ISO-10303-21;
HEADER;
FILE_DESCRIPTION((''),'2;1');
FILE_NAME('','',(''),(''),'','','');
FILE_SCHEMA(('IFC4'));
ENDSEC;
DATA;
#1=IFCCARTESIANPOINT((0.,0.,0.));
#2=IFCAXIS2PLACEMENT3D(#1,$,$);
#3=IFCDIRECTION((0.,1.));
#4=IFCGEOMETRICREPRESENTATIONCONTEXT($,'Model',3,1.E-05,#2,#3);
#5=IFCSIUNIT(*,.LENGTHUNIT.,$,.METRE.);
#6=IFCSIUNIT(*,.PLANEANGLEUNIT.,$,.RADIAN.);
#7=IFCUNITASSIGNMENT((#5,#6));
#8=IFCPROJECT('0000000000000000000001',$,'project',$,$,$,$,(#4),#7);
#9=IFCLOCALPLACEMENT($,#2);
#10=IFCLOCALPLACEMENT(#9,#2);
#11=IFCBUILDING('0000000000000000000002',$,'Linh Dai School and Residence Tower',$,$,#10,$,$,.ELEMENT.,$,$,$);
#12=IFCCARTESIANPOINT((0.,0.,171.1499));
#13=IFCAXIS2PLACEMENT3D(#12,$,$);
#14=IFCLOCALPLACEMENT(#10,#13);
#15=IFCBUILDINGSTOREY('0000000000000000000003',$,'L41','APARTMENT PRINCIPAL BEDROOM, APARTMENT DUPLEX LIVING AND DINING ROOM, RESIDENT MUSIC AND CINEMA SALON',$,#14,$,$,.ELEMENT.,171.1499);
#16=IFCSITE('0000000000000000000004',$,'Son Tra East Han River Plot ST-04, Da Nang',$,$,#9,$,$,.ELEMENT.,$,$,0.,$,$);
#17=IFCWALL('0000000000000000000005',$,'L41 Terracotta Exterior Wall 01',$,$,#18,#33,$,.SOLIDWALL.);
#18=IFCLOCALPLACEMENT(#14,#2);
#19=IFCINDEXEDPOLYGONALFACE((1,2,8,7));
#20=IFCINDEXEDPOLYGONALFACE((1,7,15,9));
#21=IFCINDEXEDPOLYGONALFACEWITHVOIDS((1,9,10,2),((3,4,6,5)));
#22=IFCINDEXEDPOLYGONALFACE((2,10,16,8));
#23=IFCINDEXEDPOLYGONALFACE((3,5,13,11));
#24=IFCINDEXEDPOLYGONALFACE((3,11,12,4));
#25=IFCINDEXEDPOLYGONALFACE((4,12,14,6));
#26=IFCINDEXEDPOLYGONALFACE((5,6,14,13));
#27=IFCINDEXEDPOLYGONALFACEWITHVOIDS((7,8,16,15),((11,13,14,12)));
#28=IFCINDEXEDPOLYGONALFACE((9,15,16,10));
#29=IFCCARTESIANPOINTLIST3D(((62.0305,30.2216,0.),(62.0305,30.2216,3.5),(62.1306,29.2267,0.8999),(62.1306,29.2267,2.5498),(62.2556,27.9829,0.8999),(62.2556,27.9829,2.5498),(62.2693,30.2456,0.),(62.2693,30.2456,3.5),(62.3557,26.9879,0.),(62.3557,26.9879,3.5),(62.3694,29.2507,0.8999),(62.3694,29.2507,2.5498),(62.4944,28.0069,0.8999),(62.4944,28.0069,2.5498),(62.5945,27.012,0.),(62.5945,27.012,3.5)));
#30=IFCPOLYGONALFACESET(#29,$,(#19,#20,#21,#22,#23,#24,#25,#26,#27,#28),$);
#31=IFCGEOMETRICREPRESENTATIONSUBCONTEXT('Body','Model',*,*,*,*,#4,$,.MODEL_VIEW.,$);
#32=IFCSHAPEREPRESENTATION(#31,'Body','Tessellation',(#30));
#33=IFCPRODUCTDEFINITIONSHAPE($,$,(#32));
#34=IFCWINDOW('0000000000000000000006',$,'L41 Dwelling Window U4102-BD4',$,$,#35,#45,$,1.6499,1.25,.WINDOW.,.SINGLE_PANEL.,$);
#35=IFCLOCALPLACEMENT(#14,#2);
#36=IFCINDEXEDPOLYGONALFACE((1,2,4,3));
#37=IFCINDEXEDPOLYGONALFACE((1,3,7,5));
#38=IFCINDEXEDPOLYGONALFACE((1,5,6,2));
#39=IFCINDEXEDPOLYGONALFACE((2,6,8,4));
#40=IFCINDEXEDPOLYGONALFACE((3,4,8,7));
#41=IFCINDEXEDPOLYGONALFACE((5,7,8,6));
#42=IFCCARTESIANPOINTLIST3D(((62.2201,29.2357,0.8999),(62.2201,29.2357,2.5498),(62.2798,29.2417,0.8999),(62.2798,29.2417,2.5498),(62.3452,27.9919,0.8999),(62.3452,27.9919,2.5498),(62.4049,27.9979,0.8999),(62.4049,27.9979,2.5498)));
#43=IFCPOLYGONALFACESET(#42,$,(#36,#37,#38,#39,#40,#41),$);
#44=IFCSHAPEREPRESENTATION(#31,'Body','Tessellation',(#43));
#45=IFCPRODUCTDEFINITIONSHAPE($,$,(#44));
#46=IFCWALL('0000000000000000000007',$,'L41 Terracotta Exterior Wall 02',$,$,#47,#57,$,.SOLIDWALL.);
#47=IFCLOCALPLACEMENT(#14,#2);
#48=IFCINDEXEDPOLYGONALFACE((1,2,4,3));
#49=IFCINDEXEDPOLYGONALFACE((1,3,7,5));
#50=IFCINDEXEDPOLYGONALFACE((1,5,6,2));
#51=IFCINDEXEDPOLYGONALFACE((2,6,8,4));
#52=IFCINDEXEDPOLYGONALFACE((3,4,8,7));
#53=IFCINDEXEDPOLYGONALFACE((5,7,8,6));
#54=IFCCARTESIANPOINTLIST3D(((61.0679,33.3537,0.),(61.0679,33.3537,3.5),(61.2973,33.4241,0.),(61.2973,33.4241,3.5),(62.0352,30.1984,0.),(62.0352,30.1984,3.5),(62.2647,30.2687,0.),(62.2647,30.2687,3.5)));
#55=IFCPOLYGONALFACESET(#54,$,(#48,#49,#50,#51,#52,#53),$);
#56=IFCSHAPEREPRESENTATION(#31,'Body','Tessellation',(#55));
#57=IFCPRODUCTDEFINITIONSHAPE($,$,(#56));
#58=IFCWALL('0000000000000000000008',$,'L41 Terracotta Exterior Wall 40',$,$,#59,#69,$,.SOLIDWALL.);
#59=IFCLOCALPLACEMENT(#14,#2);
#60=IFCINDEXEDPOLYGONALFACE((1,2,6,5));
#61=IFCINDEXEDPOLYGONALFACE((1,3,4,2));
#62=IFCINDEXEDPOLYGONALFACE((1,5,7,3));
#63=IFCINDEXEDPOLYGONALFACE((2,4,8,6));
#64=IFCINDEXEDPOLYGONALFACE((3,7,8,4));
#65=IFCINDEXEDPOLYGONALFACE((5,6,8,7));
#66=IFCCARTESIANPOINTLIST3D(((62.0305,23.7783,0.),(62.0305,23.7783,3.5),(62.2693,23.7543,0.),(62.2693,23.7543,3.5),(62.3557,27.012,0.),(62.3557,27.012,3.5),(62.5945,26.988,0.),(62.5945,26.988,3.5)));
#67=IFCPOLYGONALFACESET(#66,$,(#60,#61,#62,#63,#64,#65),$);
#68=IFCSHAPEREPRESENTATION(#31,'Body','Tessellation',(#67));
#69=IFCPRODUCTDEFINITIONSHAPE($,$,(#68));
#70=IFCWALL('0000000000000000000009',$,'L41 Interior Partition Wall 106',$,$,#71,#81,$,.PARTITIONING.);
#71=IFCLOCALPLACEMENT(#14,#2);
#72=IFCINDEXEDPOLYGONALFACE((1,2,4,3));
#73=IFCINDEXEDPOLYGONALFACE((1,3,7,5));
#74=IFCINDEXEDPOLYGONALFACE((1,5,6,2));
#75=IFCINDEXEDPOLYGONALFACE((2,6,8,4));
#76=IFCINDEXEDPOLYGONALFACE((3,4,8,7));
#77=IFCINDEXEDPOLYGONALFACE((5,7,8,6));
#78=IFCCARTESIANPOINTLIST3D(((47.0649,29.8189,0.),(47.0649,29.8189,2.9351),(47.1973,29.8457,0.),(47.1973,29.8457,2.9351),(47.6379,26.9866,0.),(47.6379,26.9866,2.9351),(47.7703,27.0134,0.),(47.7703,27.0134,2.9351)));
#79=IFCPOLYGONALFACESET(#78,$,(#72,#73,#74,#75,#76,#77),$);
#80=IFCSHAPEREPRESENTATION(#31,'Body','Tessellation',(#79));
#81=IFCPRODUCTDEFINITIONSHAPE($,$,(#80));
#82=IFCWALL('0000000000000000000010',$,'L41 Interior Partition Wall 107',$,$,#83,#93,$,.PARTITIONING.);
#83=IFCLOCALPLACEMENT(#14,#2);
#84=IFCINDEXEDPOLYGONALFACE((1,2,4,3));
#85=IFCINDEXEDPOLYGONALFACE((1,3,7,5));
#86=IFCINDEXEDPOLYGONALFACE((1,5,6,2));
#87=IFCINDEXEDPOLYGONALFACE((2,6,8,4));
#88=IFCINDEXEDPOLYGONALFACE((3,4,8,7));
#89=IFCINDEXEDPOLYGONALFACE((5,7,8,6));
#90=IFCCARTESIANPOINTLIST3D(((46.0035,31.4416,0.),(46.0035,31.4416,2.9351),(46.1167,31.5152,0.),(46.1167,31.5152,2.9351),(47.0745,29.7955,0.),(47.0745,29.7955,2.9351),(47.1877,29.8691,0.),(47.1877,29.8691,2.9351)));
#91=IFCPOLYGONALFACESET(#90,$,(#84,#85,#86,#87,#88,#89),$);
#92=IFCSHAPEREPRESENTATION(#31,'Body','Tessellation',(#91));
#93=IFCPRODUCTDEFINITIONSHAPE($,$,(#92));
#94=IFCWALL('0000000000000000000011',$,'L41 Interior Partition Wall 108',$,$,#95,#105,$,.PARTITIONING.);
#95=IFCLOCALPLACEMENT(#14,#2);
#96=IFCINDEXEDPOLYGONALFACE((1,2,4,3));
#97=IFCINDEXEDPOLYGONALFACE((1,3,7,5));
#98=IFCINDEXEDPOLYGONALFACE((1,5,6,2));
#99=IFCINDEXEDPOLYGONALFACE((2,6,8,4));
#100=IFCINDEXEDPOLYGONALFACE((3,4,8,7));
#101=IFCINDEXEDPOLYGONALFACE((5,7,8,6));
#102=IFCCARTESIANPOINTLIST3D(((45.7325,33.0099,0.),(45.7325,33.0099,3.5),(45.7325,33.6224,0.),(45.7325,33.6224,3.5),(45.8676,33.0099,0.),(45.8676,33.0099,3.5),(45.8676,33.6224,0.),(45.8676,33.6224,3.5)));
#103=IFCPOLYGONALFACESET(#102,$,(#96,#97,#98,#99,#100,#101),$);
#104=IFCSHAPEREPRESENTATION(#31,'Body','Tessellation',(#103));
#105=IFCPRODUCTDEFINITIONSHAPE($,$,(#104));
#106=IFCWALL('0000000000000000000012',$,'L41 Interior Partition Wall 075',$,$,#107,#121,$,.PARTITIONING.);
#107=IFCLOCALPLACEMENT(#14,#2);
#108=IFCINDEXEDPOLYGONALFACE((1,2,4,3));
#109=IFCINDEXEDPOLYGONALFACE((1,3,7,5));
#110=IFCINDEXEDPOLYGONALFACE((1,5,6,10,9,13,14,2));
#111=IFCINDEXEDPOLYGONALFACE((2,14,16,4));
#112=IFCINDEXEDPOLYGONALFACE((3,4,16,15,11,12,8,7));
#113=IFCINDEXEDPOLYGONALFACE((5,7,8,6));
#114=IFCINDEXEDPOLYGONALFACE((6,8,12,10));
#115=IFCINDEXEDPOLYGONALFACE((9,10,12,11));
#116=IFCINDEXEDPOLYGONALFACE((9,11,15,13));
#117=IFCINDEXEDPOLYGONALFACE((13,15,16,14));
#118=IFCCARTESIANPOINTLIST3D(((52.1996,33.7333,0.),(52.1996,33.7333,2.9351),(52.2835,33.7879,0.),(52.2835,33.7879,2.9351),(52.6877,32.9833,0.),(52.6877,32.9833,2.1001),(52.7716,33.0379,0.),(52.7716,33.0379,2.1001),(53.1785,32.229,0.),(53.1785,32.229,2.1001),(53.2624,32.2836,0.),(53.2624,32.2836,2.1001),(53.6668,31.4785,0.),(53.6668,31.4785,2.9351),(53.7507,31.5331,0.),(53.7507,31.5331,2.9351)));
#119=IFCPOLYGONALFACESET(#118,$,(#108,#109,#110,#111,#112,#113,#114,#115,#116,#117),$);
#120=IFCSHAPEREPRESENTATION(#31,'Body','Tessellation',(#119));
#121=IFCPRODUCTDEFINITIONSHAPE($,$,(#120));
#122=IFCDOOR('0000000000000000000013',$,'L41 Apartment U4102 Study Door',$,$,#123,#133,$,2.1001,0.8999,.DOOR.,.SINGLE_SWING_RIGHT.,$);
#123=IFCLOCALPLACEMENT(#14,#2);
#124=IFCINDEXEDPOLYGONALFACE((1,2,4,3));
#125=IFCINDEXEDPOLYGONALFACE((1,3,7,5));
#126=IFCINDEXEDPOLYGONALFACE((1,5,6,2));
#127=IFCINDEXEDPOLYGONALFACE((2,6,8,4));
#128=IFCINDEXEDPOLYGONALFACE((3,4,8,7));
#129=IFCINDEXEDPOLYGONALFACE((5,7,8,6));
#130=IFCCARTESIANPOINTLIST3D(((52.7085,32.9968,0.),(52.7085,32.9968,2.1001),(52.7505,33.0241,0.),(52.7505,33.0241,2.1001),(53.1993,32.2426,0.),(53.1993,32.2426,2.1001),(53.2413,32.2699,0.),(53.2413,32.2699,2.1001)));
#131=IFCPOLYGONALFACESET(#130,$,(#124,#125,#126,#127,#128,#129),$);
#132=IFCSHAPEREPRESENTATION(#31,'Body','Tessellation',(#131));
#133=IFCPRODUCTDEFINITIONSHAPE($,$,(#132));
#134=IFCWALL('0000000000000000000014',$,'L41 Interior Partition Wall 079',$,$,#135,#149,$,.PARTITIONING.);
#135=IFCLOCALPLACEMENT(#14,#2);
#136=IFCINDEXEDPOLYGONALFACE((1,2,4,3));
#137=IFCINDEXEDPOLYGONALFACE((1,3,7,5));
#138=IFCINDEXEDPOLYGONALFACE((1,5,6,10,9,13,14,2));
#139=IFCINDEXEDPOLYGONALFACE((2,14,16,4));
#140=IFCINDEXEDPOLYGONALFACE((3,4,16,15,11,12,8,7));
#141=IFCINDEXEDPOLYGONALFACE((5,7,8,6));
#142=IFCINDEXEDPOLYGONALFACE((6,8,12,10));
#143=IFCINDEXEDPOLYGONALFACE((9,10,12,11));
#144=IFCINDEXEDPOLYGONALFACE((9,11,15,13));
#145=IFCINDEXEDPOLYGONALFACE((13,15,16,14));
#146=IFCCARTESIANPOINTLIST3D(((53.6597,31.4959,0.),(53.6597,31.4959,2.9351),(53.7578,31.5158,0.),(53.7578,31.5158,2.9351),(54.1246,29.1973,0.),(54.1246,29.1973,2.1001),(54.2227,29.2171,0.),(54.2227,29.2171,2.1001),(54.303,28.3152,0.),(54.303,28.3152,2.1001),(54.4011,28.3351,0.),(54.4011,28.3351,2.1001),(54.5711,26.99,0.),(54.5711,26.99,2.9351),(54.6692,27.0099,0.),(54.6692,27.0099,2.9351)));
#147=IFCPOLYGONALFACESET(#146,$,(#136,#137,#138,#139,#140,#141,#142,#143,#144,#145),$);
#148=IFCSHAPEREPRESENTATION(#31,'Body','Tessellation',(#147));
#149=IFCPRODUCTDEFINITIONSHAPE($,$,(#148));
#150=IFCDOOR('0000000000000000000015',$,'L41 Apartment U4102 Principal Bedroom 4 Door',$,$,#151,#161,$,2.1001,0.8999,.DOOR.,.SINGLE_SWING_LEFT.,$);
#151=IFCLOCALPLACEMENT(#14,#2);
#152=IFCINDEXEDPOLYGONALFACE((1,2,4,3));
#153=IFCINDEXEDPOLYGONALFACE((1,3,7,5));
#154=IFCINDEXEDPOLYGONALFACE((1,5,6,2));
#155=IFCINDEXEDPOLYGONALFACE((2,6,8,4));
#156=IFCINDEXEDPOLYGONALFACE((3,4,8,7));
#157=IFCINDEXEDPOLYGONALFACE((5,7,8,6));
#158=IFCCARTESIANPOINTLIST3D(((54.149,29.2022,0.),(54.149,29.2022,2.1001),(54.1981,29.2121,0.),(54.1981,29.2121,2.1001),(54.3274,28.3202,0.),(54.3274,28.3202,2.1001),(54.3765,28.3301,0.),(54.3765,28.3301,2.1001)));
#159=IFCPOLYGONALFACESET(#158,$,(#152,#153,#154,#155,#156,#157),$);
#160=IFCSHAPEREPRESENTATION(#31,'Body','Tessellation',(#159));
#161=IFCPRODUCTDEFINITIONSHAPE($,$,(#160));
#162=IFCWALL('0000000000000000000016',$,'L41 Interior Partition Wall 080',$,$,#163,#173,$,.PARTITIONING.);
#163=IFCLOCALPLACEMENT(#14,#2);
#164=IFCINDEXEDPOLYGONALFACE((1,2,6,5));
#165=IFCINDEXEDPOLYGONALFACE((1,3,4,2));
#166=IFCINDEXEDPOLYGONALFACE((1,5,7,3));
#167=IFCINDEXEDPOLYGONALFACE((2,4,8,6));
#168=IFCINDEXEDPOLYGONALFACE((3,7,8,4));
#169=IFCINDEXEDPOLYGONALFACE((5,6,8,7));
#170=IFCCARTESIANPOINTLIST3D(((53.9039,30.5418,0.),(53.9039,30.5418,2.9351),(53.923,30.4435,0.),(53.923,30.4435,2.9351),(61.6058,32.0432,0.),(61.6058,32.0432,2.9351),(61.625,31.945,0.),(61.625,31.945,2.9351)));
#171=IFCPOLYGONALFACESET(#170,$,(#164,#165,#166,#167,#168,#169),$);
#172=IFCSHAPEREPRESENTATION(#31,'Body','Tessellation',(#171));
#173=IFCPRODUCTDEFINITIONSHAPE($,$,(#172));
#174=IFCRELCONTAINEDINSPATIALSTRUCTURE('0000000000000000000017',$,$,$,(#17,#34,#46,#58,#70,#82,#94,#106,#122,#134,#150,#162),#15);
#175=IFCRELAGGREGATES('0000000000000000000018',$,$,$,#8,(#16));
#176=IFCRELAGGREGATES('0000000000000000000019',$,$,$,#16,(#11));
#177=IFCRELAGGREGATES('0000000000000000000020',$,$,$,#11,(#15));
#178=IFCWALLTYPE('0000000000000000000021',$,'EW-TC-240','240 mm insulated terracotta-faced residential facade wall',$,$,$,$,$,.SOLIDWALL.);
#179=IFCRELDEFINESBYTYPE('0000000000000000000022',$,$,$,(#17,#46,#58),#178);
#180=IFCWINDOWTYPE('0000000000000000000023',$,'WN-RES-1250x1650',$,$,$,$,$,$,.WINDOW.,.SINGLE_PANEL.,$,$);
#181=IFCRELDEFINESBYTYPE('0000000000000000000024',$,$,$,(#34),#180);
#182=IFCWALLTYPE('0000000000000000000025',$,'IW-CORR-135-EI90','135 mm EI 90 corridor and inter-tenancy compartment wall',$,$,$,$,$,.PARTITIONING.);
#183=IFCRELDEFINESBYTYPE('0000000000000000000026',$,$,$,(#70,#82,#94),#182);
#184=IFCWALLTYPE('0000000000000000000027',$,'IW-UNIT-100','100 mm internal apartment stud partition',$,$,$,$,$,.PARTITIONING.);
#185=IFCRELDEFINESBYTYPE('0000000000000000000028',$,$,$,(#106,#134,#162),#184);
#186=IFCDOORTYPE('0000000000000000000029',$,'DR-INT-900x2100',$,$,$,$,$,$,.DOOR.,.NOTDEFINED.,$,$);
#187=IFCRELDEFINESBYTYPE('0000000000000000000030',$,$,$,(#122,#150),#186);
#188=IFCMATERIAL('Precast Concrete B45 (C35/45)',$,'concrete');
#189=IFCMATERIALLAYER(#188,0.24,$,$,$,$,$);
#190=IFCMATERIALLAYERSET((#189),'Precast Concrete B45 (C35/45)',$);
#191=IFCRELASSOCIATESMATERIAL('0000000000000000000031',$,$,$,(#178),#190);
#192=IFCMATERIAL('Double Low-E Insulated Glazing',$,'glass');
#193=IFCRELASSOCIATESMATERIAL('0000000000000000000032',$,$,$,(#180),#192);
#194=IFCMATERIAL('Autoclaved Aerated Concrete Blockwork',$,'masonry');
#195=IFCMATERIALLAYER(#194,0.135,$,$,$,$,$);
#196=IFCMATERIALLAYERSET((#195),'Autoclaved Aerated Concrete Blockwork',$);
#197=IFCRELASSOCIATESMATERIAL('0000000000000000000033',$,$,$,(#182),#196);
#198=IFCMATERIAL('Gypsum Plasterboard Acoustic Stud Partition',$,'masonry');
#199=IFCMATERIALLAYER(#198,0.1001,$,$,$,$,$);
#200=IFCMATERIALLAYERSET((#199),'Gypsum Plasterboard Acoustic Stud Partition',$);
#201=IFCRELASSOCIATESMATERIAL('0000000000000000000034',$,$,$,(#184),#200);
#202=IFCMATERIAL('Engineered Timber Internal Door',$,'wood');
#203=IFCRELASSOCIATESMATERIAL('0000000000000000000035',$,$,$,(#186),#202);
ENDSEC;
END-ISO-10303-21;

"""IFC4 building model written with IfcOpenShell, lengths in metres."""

from ifc_helpers import new_model, si_unit, direction, frame, frame_2d, origin, origin_2d, place, context, subcontext, project, spatial, rectangle, extrude, source, transform, mapped, material, layer, layer_set, type_object, element, fill, save


model = new_model("IFC4")

# Units and contexts
model_context = context("Model", 3, precision=1e-05, world=origin(), true_north=direction((0.0, 1.0)))
body_context = subcontext(model_context, "Body", "Model", "MODEL_VIEW")
ifc_project = project(units=[si_unit("LENGTHUNIT", "METRE"), si_unit("PLANEANGLEUNIT", "RADIAN")], contexts=[model_context])

# Site, building, storey
site_placement = place(None, origin())
site = spatial("IfcSite", under=ifc_project, at=site_placement, Name="Son Tra East Han River Plot ST-04, Da Nang", CompositionType="ELEMENT", RefElevation=0.0)
building_placement = place(site_placement, origin())
building = spatial("IfcBuilding", under=site, at=building_placement, Name="Linh Dai School and Residence Tower", CompositionType="ELEMENT")
storey_placement = place(building_placement, frame((0.0, 0.0, 171.1499)))
storey = spatial("IfcBuildingStorey", under=building, at=storey_placement, Name="L41", Description="APARTMENT PRINCIPAL BEDROOM, APARTMENT DUPLEX LIVING AND DINING ROOM, RESIDENT MUSIC AND CINEMA SALON", CompositionType="ELEMENT", Elevation=171.1499)

# Shared definitions
ifc_material_1 = material(Name="Precast Concrete B45 (C35/45)", Category="concrete")

# Wall, opening, window
ifc_layer_1 = layer(ifc_material_1, 0.24)
ifc_layer_set_1 = layer_set([ifc_layer_1], Name="Precast Concrete B45 (C35/45)")
wall_type_1 = type_object("IfcWallType", Name="EW-TC-240", Description="240 mm insulated terracotta-faced residential facade wall", PredefinedType="SOLIDWALL", material=ifc_layer_set_1)
wall_1_placement = place(storey_placement, frame((62.1499, 30.2336, 0.0), z_axis=(0.0, 0.0, 1.0), x_axis=(0.100062, -0.994981, 0.0)))
wall_1 = element("IfcWall", 1, at=wall_1_placement, inside=storey, type_object=wall_type_1, Name="L41 Terracotta Exterior Wall 01", PredefinedType="SOLIDWALL", context=body_context, shape_type="SweptSolid", body=[
    extrude(rectangle(XDim=3.25, YDim=0.24, at=frame_2d((1.625, 0.0))), origin(), (0.0, 0.0, 1.0), 3.5),
])
opening_1_placement = place(wall_1_placement, frame((1.0, 0.0, 0.8999)))
opening_1 = element("IfcOpeningElement", 2, at=opening_1_placement, cuts=wall_1, PredefinedType="OPENING", context=body_context, shape_type="SweptSolid", body=[
    extrude(rectangle(XDim=1.25, YDim=1.6499, at=origin_2d()), frame((0.625, 0.1299, 0.825), z_axis=(0.0, -1.0, 0.0), x_axis=(1.0, 0.0, 0.0)), (0.0, 0.0, 1.0), 0.26),
])
ifc_material_2 = material(Name="Double Low-E Insulated Glazing", Category="glass")
window_type = type_object("IfcWindowType", Name="WN-RES-1250x1650", PartitioningType="SINGLE_PANEL", PredefinedType="WINDOW", material=ifc_material_2)
shared_shape_1 = source(origin(), body_context, "Body", "SweptSolid", [
    extrude(rectangle(XDim=1.25, YDim=1.6499, at=origin_2d()), frame((0.625, 0.03, 0.825), z_axis=(0.0, -1.0, 0.0), x_axis=(1.0, 0.0, 0.0)), (0.0, 0.0, 1.0), 0.0601),
])
window_placement = place(opening_1_placement, origin())
window = element("IfcWindow", 3, at=window_placement, inside=storey, type_object=window_type, Name="L41 Dwelling Window U4102-BD4", OverallHeight=1.6499, OverallWidth=1.25, PartitioningType="SINGLE_PANEL", PredefinedType="WINDOW", context=body_context, shape_type="MappedRepresentation", body=[
    mapped(shared_shape_1, transform((0.0, 0.0, 0.0), x_axis=(1.0, 0.0, 0.0), y_axis=(0.0, 1.0, 0.0), z_axis=(0.0, 0.0, 1.0), scale=1.0)),
])
fill(opening_1, window)

# Walls
wall_2_placement = place(storey_placement, frame((61.1826, 33.3889, 0.0), z_axis=(0.0, 0.0, 1.0), x_axis=(0.293098, -0.956082, 0.0)))
element("IfcWall", 4, at=wall_2_placement, inside=storey, type_object=wall_type_1, Name="L41 Terracotta Exterior Wall 02", PredefinedType="SOLIDWALL", context=body_context, shape_type="SweptSolid", body=[
    extrude(rectangle(XDim=3.3003, YDim=0.24, at=frame_2d((1.6501, 0.0))), origin(), (0.0, 0.0, 1.0), 3.5),
])
wall_3_placement = place(storey_placement, frame((62.4751, 27.0, 0.0), z_axis=(0.0, 0.0, 1.0), x_axis=(-0.100062, -0.994981, 0.0)))
element("IfcWall", 5, at=wall_3_placement, inside=storey, type_object=wall_type_1, Name="L41 Terracotta Exterior Wall 40", PredefinedType="SOLIDWALL", context=body_context, shape_type="SweptSolid", body=[
    extrude(rectangle(XDim=3.25, YDim=0.24, at=frame_2d((1.625, 0.0))), origin(), (0.0, 0.0, 1.0), 3.5),
])
ifc_material_3 = material(Name="Autoclaved Aerated Concrete Blockwork", Category="masonry")
ifc_layer_2 = layer(ifc_material_3, 0.135)
ifc_layer_set_2 = layer_set([ifc_layer_2], Name="Autoclaved Aerated Concrete Blockwork")
wall_type_2 = type_object("IfcWallType", Name="IW-CORR-135-EI90", Description="135 mm EI 90 corridor and inter-tenancy compartment wall", PredefinedType="PARTITIONING", material=ifc_layer_set_2)
wall_4_placement = place(storey_placement, frame((47.7041, 27.0, 0.0), z_axis=(0.0, 0.0, 1.0), x_axis=(-0.198293, 0.980143, 0.0)))
element("IfcWall", 6, at=wall_4_placement, inside=storey, type_object=wall_type_2, Name="L41 Interior Partition Wall 106", PredefinedType="PARTITIONING", context=body_context, shape_type="SweptSolid", body=[
    extrude(rectangle(XDim=2.8896, YDim=0.135, at=frame_2d((1.4448, 0.0))), origin(), (0.0, 0.0, 1.0), 2.9351),
])
wall_5_placement = place(storey_placement, frame((47.1311, 29.8323, 0.0), z_axis=(0.0, 0.0, 1.0), x_axis=(-0.545342, 0.838213, 0.0)))
element("IfcWall", 7, at=wall_5_placement, inside=storey, type_object=wall_type_2, Name="L41 Interior Partition Wall 107", PredefinedType="PARTITIONING", context=body_context, shape_type="SweptSolid", body=[
    extrude(rectangle(XDim=1.9639, YDim=0.135, at=frame_2d((0.9819, 0.0))), origin(), (0.0, 0.0, 1.0), 2.9351),
])
wall_6_placement = place(storey_placement, frame((45.8, 33.01, 0.0), z_axis=(0.0, 0.0, 1.0), x_axis=(0.0, 1.0, 0.0)))
element("IfcWall", 8, at=wall_6_placement, inside=storey, type_object=wall_type_2, Name="L41 Interior Partition Wall 108", PredefinedType="PARTITIONING", context=body_context, shape_type="SweptSolid", body=[
    extrude(rectangle(XDim=0.6125, YDim=0.135, at=frame_2d((0.3062, 0.0))), origin(), (0.0, 0.0, 1.0), 3.5),
])

# Walls, openings, doors
ifc_material_4 = material(Name="Gypsum Plasterboard Acoustic Stud Partition", Category="masonry")
ifc_layer_3 = layer(ifc_material_4, 0.1001)
ifc_layer_set_3 = layer_set([ifc_layer_3], Name="Gypsum Plasterboard Acoustic Stud Partition")
wall_type_3 = type_object("IfcWallType", Name="IW-UNIT-100", Description="100 mm internal apartment stud partition", PredefinedType="PARTITIONING", material=ifc_layer_set_3)
wall_7_placement = place(storey_placement, frame((52.2415, 33.7607, 0.0), z_axis=(0.0, 0.0, 1.0), x_axis=(0.545409, -0.83817, 0.0)))
wall_7 = element("IfcWall", 9, at=wall_7_placement, inside=storey, type_object=wall_type_3, Name="L41 Interior Partition Wall 075", PredefinedType="PARTITIONING", context=body_context, shape_type="SweptSolid", body=[
    extrude(rectangle(XDim=2.6902, YDim=0.1001, at=frame_2d((1.3452, 0.0))), origin(), (0.0, 0.0, 1.0), 2.9351),
])
opening_2_placement = place(wall_7_placement, frame((0.895, 0.0, 0.0)))
opening_2 = element("IfcOpeningElement", 10, at=opening_2_placement, cuts=wall_7, PredefinedType="OPENING", context=body_context, shape_type="SweptSolid", body=[
    extrude(rectangle(XDim=0.8999, YDim=2.1001, at=origin_2d()), frame((0.45, 0.0601, 1.05), z_axis=(0.0, -1.0, 0.0), x_axis=(1.0, 0.0, 0.0)), (0.0, 0.0, 1.0), 0.1201),
])
ifc_material_5 = material(Name="Engineered Timber Internal Door", Category="wood")
door_type = type_object("IfcDoorType", Name="DR-INT-900x2100", OperationType="NOTDEFINED", PredefinedType="DOOR", material=ifc_material_5)
shared_shape_2 = source(origin(), body_context, "Body", "SweptSolid", [
    extrude(rectangle(XDim=0.8999, YDim=2.1001, at=origin_2d()), frame((0.45, 0.0249, 1.05), z_axis=(0.0, -1.0, 0.0), x_axis=(1.0, 0.0, 0.0)), (0.0, 0.0, 1.0), 0.05),
])
door_1_placement = place(opening_2_placement, origin())
door_1 = element("IfcDoor", 11, at=door_1_placement, inside=storey, type_object=door_type, Name="L41 Apartment U4102 Study Door", OperationType="SINGLE_SWING_RIGHT", OverallHeight=2.1001, OverallWidth=0.8999, PredefinedType="DOOR", context=body_context, shape_type="MappedRepresentation", body=[
    mapped(shared_shape_2, transform((0.0, 0.0, 0.0), x_axis=(1.0, 0.0, 0.0), y_axis=(0.0, 1.0, 0.0), z_axis=(0.0, 0.0, 1.0), scale=1.0)),
])
fill(opening_2, door_1)
wall_8_placement = place(storey_placement, frame((53.7087, 31.5059, 0.0), z_axis=(0.0, 0.0, 1.0), x_axis=(0.19825, -0.980151, 0.0)))
wall_8 = element("IfcWall", 12, at=wall_8_placement, inside=storey, type_object=wall_type_3, Name="L41 Interior Partition Wall 079", PredefinedType="PARTITIONING", context=body_context, shape_type="SweptSolid", body=[
    extrude(rectangle(XDim=4.5972, YDim=0.1001, at=frame_2d((2.2986, 0.0))), origin(), (0.0, 0.0, 1.0), 2.9351),
])
opening_3_placement = place(wall_8_placement, frame((2.3452, 0.0, 0.0)))
opening_3 = element("IfcOpeningElement", 13, at=opening_3_placement, cuts=wall_8, PredefinedType="OPENING", context=body_context, shape_type="SweptSolid", body=[
    extrude(rectangle(XDim=0.8999, YDim=2.1001, at=origin_2d()), frame((0.45, 0.0601, 1.05), z_axis=(0.0, -1.0, 0.0), x_axis=(1.0, 0.0, 0.0)), (0.0, 0.0, 1.0), 0.1201),
])
door_2_placement = place(opening_3_placement, origin())
door_2 = element("IfcDoor", 14, at=door_2_placement, inside=storey, type_object=door_type, Name="L41 Apartment U4102 Principal Bedroom 4 Door", OperationType="SINGLE_SWING_LEFT", OverallHeight=2.1001, OverallWidth=0.8999, PredefinedType="DOOR", context=body_context, shape_type="MappedRepresentation", body=[
    mapped(shared_shape_2, transform((0.0, 0.0, 0.0), x_axis=(1.0, 0.0, 0.0), y_axis=(0.0, 1.0, 0.0), z_axis=(0.0, 0.0, 1.0), scale=1.0)),
])
fill(opening_3, door_2)

# Wall
wall_9_placement = place(storey_placement, frame((53.9136, 30.4927, 0.0), z_axis=(0.0, 0.0, 1.0), x_axis=(0.981523, 0.191345, 0.0)))
element("IfcWall", 15, at=wall_9_placement, inside=storey, type_object=wall_type_3, Name="L41 Interior Partition Wall 080", PredefinedType="PARTITIONING", context=body_context, shape_type="SweptSolid", body=[
    extrude(rectangle(XDim=7.8469, YDim=0.1001, at=frame_2d((3.9233, 0.0))), origin(), (0.0, 0.0, 1.0), 2.9351),
])

save(model, "model.ifc")
